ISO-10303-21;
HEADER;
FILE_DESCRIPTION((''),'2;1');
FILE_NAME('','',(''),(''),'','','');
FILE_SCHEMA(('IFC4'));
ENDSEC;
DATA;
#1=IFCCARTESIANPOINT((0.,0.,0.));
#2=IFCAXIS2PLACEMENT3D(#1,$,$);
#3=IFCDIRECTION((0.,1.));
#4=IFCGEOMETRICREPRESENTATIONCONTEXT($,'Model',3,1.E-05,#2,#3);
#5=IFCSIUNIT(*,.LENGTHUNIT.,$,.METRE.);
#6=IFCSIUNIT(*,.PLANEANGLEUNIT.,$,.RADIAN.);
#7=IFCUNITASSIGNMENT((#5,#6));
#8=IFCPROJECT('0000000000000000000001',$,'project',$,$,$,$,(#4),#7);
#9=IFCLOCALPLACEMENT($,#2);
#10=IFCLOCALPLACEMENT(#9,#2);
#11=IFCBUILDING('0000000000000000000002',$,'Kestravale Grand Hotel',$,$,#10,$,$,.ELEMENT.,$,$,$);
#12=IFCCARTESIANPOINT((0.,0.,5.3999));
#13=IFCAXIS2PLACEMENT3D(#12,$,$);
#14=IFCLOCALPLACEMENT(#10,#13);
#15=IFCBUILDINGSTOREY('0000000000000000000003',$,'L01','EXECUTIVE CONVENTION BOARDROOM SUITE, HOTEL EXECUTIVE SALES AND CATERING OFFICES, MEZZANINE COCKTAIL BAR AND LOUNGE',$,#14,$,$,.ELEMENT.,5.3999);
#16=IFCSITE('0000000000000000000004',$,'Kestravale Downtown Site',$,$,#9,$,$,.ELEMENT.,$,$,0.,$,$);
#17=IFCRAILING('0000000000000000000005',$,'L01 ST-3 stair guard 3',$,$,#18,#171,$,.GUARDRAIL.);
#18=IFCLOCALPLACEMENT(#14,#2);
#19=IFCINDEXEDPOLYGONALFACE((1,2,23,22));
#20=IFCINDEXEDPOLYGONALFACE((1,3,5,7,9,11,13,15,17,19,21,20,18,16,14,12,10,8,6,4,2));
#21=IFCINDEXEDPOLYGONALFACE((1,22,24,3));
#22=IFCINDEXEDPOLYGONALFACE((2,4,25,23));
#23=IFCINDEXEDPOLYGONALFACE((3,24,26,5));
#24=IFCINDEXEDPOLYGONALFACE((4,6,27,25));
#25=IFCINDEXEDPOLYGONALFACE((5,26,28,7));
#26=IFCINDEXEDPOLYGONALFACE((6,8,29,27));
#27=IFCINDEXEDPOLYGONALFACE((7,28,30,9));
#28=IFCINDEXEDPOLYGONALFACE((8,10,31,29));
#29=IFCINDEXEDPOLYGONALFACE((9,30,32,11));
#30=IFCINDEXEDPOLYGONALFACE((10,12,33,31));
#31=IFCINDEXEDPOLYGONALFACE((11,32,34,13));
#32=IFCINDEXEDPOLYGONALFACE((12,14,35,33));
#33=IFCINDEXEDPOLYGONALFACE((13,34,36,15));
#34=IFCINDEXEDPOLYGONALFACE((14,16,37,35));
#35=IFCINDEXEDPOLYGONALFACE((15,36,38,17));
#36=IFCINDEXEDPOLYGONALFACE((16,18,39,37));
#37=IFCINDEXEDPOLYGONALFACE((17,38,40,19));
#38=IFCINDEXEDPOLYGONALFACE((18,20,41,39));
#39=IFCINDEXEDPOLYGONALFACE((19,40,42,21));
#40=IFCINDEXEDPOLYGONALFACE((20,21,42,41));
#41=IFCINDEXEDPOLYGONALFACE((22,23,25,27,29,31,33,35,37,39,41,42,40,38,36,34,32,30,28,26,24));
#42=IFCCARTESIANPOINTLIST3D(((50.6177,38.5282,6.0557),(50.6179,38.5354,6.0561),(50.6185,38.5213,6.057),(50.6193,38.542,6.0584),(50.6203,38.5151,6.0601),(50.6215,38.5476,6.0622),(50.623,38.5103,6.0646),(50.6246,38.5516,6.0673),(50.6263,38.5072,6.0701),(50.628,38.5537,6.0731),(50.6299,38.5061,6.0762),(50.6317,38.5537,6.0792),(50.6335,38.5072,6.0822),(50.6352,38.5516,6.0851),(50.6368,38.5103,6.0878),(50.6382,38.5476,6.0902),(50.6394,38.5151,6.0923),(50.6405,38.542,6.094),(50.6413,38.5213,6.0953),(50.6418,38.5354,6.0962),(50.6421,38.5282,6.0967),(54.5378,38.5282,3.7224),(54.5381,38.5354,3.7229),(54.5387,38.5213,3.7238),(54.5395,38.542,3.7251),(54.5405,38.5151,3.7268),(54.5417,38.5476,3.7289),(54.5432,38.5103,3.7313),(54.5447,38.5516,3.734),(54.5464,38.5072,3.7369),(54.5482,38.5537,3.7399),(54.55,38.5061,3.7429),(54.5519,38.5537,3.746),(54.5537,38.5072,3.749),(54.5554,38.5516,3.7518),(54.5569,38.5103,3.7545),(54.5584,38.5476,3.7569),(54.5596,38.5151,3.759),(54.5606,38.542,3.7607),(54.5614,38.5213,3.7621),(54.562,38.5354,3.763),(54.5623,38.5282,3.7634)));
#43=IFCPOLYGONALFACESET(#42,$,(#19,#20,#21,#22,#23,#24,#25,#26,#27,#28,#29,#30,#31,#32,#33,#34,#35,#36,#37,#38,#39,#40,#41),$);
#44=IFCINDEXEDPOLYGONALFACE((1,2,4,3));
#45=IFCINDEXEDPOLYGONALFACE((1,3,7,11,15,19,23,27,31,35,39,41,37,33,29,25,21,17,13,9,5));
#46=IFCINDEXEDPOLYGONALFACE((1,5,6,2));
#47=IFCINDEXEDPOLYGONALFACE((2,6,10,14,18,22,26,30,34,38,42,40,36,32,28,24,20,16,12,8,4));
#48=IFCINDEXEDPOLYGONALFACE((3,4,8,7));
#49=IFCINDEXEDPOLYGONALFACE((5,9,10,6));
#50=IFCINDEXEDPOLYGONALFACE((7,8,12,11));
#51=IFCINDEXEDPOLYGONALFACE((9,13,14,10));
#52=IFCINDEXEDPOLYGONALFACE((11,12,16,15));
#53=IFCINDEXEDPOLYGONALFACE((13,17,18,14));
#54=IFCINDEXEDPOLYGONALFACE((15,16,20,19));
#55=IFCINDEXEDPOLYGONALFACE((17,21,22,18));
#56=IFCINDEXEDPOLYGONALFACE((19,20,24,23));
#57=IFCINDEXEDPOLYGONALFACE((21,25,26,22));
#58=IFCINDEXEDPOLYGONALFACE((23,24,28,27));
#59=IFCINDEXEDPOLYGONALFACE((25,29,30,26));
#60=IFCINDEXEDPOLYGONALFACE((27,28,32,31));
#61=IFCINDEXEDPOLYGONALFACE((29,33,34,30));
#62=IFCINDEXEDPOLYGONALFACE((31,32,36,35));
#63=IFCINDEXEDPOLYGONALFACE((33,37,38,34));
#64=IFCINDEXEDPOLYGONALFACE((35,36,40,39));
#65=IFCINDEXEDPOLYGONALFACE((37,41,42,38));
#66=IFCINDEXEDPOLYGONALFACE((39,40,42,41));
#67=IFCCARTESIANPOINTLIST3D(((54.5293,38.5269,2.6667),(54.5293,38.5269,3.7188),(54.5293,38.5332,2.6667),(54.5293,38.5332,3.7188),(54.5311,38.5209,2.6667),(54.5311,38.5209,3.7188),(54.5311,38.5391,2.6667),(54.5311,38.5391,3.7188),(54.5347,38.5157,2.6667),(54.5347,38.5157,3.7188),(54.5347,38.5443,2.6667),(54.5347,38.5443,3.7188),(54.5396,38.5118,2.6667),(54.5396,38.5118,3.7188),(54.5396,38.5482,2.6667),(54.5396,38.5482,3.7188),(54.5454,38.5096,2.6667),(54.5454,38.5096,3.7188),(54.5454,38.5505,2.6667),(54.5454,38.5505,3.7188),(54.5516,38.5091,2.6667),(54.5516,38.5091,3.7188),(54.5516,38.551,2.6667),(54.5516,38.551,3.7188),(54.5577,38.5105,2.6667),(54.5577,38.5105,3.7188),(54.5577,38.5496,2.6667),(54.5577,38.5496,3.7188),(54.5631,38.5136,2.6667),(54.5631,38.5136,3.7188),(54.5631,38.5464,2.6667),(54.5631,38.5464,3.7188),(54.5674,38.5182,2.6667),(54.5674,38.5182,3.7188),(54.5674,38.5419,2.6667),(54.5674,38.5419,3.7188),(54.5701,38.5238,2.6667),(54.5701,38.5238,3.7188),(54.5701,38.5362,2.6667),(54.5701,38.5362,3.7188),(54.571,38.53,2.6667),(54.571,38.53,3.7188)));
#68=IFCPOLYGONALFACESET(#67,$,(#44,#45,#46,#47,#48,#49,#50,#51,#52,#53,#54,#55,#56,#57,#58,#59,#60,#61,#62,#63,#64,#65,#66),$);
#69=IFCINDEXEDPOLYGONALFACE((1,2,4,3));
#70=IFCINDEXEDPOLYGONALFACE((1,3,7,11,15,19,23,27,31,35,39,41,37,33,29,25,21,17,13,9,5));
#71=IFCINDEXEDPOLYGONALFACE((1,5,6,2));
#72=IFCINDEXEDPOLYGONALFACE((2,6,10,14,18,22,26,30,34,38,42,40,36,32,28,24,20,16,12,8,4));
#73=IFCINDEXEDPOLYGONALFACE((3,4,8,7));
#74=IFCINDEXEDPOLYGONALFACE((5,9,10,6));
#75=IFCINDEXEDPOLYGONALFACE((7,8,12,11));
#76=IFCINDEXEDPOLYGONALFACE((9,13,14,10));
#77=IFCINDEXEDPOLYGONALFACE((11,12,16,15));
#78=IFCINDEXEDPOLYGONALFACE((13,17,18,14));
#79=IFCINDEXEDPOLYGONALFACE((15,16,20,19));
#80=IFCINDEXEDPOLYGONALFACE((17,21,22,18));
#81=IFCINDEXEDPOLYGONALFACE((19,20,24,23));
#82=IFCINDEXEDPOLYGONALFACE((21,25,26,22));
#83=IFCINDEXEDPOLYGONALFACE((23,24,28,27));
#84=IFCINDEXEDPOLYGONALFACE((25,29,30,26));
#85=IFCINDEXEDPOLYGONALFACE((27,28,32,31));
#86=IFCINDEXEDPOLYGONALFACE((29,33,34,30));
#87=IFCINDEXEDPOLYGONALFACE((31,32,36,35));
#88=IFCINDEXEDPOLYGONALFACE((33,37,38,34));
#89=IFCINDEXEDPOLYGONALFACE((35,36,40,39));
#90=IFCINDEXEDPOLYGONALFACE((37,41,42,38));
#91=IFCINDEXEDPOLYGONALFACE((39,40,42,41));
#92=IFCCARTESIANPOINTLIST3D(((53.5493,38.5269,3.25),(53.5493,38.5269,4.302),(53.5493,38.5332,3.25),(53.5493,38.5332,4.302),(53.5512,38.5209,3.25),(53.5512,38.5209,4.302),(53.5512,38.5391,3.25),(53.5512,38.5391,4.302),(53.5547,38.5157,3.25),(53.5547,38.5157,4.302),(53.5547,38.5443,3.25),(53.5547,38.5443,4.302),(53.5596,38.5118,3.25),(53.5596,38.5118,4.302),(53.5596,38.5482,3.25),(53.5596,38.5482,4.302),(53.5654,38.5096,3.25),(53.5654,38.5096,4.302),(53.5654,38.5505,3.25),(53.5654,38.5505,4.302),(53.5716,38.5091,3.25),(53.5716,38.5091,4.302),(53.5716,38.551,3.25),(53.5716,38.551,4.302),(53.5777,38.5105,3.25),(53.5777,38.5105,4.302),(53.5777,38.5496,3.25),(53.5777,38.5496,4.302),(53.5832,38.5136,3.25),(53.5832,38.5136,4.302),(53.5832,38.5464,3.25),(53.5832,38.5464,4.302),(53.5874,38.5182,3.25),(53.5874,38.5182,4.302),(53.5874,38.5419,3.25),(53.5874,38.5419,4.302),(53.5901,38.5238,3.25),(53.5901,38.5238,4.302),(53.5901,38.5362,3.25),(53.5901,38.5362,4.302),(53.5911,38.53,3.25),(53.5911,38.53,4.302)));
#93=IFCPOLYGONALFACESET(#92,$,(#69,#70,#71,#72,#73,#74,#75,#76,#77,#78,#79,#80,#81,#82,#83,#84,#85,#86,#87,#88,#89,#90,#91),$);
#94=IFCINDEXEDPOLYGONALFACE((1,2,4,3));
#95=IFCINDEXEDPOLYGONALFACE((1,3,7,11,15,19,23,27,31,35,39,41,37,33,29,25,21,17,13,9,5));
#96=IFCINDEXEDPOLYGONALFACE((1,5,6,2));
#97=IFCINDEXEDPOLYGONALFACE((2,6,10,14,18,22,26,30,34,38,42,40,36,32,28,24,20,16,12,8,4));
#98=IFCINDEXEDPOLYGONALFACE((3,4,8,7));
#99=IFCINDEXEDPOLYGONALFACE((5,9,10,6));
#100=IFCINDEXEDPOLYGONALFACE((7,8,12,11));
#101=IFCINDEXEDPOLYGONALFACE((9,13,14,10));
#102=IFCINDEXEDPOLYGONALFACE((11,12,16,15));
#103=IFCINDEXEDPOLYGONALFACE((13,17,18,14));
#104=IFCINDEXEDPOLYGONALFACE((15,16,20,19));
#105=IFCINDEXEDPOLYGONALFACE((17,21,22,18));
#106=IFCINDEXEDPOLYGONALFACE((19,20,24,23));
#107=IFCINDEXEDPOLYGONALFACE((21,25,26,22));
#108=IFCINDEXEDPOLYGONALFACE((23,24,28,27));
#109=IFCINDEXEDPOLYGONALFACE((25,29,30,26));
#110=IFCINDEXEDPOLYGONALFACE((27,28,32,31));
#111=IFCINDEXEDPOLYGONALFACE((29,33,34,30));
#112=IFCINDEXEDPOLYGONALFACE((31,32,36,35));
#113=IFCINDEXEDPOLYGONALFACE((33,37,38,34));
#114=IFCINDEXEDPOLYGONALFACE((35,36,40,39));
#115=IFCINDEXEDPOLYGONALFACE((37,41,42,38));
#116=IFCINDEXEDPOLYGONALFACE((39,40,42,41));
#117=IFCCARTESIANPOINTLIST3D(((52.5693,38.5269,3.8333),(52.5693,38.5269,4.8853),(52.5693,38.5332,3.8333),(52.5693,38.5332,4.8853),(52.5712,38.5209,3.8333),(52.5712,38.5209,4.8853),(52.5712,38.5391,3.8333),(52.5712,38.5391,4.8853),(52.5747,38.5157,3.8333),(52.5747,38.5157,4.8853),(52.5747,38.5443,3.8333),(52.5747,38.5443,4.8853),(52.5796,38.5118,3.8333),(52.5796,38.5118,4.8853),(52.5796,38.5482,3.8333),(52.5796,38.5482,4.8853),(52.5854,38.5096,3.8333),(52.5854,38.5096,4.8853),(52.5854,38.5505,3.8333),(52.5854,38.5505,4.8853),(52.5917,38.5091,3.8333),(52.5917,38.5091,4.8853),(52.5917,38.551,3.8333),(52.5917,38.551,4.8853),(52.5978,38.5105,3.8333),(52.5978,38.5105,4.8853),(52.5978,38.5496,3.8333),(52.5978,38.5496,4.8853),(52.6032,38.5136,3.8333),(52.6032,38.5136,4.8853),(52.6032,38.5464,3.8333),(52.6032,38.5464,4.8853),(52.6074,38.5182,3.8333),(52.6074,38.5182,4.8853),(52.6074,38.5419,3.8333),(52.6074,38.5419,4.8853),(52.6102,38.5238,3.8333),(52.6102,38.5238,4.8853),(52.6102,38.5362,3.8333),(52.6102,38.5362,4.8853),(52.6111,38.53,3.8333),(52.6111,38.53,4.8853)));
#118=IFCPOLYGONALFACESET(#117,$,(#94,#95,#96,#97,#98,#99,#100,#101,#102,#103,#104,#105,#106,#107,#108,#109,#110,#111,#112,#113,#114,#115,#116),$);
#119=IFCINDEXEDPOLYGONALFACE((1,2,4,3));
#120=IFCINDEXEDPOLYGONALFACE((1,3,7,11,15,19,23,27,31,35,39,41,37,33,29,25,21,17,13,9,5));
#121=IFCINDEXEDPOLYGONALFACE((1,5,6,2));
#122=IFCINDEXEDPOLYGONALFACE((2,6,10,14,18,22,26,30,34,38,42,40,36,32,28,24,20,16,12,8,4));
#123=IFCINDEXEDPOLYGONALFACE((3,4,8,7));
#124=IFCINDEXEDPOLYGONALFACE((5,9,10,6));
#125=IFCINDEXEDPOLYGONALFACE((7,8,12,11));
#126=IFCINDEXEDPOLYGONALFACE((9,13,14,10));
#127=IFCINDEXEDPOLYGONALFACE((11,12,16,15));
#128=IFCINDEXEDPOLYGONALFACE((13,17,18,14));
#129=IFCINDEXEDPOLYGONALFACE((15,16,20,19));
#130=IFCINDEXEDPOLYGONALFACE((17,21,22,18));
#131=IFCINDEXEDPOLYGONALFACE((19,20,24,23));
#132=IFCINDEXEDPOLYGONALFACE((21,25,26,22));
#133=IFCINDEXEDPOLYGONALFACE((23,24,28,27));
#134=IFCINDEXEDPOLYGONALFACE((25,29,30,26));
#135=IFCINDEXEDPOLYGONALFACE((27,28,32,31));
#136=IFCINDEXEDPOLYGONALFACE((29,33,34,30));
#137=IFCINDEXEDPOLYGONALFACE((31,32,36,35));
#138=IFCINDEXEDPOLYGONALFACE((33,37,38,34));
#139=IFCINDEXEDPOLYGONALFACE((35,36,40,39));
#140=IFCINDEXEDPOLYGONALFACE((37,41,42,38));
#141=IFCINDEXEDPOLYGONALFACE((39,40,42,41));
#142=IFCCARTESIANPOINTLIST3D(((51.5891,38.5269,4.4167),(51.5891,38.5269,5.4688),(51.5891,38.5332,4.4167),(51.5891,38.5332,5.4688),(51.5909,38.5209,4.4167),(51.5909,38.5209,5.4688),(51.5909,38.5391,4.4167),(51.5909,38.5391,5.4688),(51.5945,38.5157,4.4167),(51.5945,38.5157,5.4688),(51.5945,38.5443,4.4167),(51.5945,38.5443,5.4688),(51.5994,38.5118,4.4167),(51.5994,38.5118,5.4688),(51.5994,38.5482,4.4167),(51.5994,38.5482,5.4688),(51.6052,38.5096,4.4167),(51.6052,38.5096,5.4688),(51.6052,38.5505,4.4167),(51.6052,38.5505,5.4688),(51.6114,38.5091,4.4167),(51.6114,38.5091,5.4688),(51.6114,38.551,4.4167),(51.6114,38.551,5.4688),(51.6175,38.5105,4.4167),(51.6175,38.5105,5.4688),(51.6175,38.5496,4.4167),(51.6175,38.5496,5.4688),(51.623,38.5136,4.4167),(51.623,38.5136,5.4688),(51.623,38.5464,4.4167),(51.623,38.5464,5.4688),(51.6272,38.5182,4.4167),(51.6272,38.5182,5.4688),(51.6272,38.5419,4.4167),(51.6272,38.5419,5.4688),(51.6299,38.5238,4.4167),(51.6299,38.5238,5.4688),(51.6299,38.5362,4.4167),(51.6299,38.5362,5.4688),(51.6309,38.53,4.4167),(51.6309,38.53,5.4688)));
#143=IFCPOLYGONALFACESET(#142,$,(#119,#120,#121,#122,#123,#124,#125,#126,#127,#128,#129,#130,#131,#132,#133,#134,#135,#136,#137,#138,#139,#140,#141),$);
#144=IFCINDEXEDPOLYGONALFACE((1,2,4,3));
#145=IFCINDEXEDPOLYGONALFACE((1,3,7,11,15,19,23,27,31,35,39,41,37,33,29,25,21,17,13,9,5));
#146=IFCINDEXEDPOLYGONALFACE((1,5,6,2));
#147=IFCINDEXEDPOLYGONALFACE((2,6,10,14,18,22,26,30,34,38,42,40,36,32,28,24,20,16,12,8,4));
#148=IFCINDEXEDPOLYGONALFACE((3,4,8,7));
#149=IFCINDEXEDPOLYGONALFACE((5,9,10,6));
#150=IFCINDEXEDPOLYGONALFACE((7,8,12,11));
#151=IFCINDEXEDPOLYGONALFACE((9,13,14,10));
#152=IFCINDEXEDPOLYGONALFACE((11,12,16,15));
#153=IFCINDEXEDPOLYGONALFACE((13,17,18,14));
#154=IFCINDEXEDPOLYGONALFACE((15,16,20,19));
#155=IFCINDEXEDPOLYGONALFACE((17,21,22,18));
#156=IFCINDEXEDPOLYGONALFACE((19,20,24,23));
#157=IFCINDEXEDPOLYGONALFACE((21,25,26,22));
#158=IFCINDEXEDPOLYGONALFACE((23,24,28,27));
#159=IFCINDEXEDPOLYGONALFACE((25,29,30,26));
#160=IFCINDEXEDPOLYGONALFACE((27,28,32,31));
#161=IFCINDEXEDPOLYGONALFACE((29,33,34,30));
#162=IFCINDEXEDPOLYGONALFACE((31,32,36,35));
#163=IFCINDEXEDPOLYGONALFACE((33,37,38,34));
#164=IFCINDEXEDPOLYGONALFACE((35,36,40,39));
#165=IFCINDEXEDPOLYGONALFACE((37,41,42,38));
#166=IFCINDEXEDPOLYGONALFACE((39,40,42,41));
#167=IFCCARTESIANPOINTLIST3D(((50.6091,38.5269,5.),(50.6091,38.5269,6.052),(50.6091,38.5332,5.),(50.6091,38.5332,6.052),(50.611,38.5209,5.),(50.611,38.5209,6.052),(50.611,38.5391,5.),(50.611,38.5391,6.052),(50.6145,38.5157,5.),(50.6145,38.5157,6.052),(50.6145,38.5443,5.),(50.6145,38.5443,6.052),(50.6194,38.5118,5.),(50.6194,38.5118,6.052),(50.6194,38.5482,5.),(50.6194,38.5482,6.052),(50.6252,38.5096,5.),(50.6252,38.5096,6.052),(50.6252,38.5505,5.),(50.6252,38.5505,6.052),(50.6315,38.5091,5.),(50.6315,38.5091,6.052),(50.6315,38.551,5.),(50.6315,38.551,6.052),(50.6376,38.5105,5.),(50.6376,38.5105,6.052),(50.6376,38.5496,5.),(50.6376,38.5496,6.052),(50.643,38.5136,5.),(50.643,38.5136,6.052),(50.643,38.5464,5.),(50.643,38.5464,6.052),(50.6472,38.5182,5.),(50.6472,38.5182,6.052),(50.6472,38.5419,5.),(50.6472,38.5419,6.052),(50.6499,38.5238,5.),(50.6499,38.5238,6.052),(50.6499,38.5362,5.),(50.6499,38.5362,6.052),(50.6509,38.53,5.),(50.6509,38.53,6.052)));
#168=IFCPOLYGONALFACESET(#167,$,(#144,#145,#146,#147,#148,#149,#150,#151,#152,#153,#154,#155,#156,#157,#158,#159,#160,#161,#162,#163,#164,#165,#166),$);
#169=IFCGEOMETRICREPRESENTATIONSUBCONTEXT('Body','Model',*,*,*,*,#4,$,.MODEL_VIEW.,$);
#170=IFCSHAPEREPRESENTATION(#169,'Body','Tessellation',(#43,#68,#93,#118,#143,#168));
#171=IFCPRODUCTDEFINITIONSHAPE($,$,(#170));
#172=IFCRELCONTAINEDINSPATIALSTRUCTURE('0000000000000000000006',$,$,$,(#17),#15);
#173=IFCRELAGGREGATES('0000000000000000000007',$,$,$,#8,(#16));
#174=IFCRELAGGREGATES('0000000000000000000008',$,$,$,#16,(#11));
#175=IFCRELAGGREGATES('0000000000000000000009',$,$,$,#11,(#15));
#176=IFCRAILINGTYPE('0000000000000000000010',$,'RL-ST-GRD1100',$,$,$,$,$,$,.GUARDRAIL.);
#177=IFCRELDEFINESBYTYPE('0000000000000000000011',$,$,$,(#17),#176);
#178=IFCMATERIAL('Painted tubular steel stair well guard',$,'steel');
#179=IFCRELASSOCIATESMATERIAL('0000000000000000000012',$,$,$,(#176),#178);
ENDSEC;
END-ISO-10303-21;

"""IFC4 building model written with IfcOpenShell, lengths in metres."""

from ifc_helpers import new_model, si_unit, direction, frame, origin, origin_2d, place, context, subcontext, project, spatial, circle, extrude, material, type_object, element, save


model = new_model("IFC4")

# Units and contexts
model_context = context("Model", 3, precision=1e-05, world=origin(), true_north=direction((0.0, 1.0)))
body_context = subcontext(model_context, "Body", "Model", "MODEL_VIEW")
ifc_project = project(units=[si_unit("LENGTHUNIT", "METRE"), si_unit("PLANEANGLEUNIT", "RADIAN")], contexts=[model_context])

# Site, building, storey
site_placement = place(None, origin())
site = spatial("IfcSite", under=ifc_project, at=site_placement, Name="Kestravale Downtown Site", CompositionType="ELEMENT", RefElevation=0.0)
building_placement = place(site_placement, origin())
building = spatial("IfcBuilding", under=site, at=building_placement, Name="Kestravale Grand Hotel", CompositionType="ELEMENT")
storey_placement = place(building_placement, frame((0.0, 0.0, 5.3999)))
storey = spatial("IfcBuildingStorey", under=building, at=storey_placement, Name="L01", Description="EXECUTIVE CONVENTION BOARDROOM SUITE, HOTEL EXECUTIVE SALES AND CATERING OFFICES, MEZZANINE COCKTAIL BAR AND LOUNGE", CompositionType="ELEMENT", Elevation=5.3999)

# Railing
ifc_material_1 = material(Name="Painted tubular steel stair well guard", Category="steel")
railing_type_1 = type_object("IfcRailingType", Name="RL-ST-GRD1100", PredefinedType="GUARDRAIL", material=ifc_material_1)
railing_1_placement = place(storey_placement, frame((54.55, 38.53, 2.6667)))
element("IfcRailing", 1, at=railing_1_placement, inside=storey, type_object=railing_type_1, Name="L01 ST-3 stair guard 3", PredefinedType="GUARDRAIL", context=body_context, shape_type="SweptSolid", body=[
    extrude(circle(Radius=0.0239, at=origin_2d()), frame((0.0, 0.0, 1.0762), z_axis=(-0.85931, 0.0, 0.511455), x_axis=(0.0, -1.0, 0.0)), (0.0, 0.0, 1.0), 4.562),
    extrude(circle(Radius=0.021, at=origin_2d()), origin(), (0.0, 0.0, 1.0), 1.052),
    extrude(circle(Radius=0.021, at=origin_2d()), frame((-0.98, 0.0, 0.5833)), (0.0, 0.0, 1.0), 1.052),
    extrude(circle(Radius=0.021, at=origin_2d()), frame((-1.96, 0.0, 1.1665)), (0.0, 0.0, 1.0), 1.052),
    extrude(circle(Radius=0.021, at=origin_2d()), frame((-2.9402, 0.0, 1.75)), (0.0, 0.0, 1.0), 1.052),
    extrude(circle(Radius=0.021, at=origin_2d()), frame((-3.9202, 0.0, 2.3333)), (0.0, 0.0, 1.0), 1.052),
])

save(model, "model.ifc")
